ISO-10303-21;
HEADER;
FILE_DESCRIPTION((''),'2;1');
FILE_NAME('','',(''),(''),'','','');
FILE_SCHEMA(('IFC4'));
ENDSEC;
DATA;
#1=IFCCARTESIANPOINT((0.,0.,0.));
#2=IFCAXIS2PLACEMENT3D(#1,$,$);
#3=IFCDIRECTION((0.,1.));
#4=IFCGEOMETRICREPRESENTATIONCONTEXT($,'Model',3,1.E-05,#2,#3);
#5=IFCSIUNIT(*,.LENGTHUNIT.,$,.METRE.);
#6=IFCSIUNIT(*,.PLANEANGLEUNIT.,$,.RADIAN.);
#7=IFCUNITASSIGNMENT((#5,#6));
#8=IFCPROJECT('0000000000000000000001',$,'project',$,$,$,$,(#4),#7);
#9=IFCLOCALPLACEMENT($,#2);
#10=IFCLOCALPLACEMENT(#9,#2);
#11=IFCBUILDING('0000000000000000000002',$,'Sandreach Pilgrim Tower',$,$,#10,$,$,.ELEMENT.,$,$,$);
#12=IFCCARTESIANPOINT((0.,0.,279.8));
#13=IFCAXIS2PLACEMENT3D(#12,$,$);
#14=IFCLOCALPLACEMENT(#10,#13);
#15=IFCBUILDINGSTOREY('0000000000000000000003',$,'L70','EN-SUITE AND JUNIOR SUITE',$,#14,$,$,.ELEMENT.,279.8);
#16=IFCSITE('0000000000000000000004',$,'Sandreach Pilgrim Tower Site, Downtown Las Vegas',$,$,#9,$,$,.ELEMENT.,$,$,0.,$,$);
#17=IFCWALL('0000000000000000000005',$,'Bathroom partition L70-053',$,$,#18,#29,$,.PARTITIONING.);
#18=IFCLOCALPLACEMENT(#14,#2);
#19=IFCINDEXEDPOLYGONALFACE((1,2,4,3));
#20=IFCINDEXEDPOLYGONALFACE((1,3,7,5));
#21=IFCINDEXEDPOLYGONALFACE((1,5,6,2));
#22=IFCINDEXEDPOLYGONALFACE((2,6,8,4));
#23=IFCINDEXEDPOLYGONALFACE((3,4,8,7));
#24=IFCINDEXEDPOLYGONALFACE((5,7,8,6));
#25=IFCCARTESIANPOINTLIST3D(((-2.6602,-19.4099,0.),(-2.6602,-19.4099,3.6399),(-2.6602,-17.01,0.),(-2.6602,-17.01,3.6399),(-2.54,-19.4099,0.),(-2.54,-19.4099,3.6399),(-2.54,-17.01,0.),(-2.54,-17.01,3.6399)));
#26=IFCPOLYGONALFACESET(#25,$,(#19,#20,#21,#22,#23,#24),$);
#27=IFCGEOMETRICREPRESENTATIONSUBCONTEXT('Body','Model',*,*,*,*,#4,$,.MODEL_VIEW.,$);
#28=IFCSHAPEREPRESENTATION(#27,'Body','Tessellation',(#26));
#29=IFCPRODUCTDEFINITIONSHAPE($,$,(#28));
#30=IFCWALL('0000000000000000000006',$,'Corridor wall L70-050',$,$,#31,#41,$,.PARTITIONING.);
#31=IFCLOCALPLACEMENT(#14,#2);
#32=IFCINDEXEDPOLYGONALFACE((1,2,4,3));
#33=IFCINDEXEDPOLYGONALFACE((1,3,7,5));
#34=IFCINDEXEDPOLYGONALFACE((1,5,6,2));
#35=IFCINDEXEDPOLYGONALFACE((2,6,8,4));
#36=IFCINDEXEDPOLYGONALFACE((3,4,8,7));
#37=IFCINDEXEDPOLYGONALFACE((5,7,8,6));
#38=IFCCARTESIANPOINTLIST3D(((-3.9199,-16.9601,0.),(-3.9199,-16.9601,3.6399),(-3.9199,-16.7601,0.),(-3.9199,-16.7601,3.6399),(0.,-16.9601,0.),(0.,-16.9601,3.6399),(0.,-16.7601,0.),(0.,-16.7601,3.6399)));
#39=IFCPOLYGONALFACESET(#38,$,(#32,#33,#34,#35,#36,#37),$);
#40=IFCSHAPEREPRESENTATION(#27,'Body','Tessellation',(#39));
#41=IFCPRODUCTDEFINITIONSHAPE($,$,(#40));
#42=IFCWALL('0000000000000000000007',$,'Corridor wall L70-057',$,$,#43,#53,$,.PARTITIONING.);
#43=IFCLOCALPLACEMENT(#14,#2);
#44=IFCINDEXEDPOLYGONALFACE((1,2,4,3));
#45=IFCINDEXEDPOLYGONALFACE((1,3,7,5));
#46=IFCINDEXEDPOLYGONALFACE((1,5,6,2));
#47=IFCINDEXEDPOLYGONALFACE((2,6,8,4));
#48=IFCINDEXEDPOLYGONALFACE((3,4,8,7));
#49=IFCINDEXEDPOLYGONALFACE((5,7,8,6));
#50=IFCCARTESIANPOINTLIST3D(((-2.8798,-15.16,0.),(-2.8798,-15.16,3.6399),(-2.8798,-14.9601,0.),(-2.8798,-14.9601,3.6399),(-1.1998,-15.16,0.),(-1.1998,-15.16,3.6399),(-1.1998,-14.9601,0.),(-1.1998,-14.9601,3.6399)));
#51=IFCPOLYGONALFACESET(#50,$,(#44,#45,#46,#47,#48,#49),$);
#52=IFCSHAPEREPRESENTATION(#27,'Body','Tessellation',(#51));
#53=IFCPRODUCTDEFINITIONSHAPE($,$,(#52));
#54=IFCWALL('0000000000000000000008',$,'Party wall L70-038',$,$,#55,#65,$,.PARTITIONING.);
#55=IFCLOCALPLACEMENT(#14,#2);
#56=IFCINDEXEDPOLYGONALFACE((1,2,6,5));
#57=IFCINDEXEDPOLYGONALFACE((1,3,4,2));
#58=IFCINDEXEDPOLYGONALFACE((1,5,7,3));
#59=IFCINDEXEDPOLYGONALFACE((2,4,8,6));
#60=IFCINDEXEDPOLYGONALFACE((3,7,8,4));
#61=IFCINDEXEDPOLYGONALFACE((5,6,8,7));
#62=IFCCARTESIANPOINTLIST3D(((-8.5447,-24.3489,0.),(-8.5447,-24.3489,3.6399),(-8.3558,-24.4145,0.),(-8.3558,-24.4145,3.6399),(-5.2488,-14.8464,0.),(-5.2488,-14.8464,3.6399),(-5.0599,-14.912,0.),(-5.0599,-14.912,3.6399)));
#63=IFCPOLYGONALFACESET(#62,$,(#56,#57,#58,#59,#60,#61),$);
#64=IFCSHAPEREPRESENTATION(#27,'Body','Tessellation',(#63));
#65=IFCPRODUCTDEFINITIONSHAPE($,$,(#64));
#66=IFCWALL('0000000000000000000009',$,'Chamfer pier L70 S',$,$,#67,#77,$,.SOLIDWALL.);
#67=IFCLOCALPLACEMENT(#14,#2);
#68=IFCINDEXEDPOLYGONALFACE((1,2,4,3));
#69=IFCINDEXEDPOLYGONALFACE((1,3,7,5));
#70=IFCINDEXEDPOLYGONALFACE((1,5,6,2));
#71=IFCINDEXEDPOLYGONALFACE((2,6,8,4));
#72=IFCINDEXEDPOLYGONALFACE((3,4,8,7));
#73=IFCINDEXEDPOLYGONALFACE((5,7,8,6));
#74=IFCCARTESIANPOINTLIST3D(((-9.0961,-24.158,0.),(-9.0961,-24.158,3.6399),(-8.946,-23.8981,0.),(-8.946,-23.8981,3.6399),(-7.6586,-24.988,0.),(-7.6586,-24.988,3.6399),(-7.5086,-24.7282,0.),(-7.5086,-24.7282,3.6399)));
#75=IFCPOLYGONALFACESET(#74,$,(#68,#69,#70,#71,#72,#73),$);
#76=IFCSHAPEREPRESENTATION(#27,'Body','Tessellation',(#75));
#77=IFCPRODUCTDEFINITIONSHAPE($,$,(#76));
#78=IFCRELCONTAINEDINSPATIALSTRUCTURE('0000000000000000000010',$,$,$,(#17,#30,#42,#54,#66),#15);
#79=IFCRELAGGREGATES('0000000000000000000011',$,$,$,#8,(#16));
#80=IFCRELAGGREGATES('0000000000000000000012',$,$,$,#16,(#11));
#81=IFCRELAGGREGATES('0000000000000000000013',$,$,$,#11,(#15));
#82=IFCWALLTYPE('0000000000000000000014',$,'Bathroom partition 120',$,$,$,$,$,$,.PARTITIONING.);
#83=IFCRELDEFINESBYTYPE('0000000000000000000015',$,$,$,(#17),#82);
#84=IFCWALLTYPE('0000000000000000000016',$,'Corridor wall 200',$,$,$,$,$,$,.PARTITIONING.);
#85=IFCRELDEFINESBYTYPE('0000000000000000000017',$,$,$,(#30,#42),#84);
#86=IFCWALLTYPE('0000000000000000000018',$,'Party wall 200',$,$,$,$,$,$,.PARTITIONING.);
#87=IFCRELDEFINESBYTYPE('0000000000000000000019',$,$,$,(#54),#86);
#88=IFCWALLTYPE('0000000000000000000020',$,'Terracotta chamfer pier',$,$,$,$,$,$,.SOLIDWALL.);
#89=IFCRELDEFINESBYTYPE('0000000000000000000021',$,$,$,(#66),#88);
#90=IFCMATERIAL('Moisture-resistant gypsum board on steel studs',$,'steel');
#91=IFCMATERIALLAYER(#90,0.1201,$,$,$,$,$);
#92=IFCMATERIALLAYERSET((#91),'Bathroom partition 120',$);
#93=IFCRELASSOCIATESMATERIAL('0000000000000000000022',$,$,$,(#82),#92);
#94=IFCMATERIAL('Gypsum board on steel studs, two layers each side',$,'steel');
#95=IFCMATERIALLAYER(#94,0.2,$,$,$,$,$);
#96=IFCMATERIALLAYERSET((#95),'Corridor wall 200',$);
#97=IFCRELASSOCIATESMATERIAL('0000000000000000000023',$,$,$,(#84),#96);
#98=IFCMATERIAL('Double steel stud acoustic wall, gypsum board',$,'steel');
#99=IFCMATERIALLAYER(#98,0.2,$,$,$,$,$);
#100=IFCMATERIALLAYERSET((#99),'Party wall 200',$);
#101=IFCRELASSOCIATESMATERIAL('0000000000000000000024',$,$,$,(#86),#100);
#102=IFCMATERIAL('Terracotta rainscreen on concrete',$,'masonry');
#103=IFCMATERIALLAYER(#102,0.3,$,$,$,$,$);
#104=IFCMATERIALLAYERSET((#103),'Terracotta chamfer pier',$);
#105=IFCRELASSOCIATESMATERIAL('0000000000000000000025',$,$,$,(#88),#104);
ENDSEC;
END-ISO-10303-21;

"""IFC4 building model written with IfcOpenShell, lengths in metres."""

from ifc_helpers import new_model, si_unit, direction, frame, frame_2d, origin, place, context, subcontext, project, spatial, rectangle, extrude, material, layer, layer_set, type_object, element, save


model = new_model("IFC4")

# Units and contexts
model_context = context("Model", 3, precision=1e-05, world=origin(), true_north=direction((0.0, 1.0)))
body_context = subcontext(model_context, "Body", "Model", "MODEL_VIEW")
ifc_project = project(units=[si_unit("LENGTHUNIT", "METRE"), si_unit("PLANEANGLEUNIT", "RADIAN")], contexts=[model_context])

# Site, building, storey
site_placement = place(None, origin())
site = spatial("IfcSite", under=ifc_project, at=site_placement, Name="Sandreach Pilgrim Tower Site, Downtown Las Vegas", CompositionType="ELEMENT", RefElevation=0.0)
building_placement = place(site_placement, origin())
building = spatial("IfcBuilding", under=site, at=building_placement, Name="Sandreach Pilgrim Tower", CompositionType="ELEMENT")
storey_placement = place(building_placement, frame((0.0, 0.0, 279.8)))
storey = spatial("IfcBuildingStorey", under=building, at=storey_placement, Name="L70", Description="EN-SUITE AND JUNIOR SUITE", CompositionType="ELEMENT", Elevation=279.8)

# Shared definitions
ifc_material_1 = material(Name="Moisture-resistant gypsum board on steel studs", Category="steel")
ifc_layer_1 = layer(ifc_material_1, 0.1201)
ifc_layer_set_1 = layer_set([ifc_layer_1], Name="Bathroom partition 120")
wall_type_1 = type_object("IfcWallType", Name="Bathroom partition 120", PredefinedType="PARTITIONING", material=ifc_layer_set_1)

# Wall
wall_1_placement = place(storey_placement, frame((-2.6001, -17.01, 0.0), z_axis=(0.0, 0.0, 1.0), x_axis=(0.0, -1.0, 0.0)))
element("IfcWall", 1, at=wall_1_placement, inside=storey, type_object=wall_type_1, Name="Bathroom partition L70-053", PredefinedType="PARTITIONING", context=body_context, shape_type="SweptSolid", body=[
    extrude(rectangle(XDim=2.3999, YDim=0.1201, at=frame_2d((1.2, 0.0))), origin(), (0.0, 0.0, 1.0), 3.6399),
])

# Shared definitions
ifc_material_2 = material(Name="Gypsum board on steel studs, two layers each side", Category="steel")
ifc_layer_2 = layer(ifc_material_2, 0.2)
ifc_layer_set_2 = layer_set([ifc_layer_2], Name="Corridor wall 200")
wall_type_2 = type_object("IfcWallType", Name="Corridor wall 200", PredefinedType="PARTITIONING", material=ifc_layer_set_2)

# Wall
wall_2_placement = place(storey_placement, frame((-3.9199, -16.8601, 0.0), z_axis=(0.0, 0.0, 1.0), x_axis=(1.0, 0.0, 0.0)))
element("IfcWall", 2, at=wall_2_placement, inside=storey, type_object=wall_type_2, Name="Corridor wall L70-050", PredefinedType="PARTITIONING", context=body_context, shape_type="SweptSolid", body=[
    extrude(rectangle(XDim=3.9199, YDim=0.2, at=frame_2d((1.96, 0.0))), origin(), (0.0, 0.0, 1.0), 3.6399),
])

# Walls
wall_3_placement = place(storey_placement, frame((-1.2, -15.0601, 0.0), z_axis=(0.0, 0.0, 1.0), x_axis=(-1.0, 0.0, 0.0)))
element("IfcWall", 3, at=wall_3_placement, inside=storey, type_object=wall_type_2, Name="Corridor wall L70-057", PredefinedType="PARTITIONING", context=body_context, shape_type="SweptSolid", body=[
    extrude(rectangle(XDim=1.6799, YDim=0.2, at=frame_2d((0.8398, 0.0))), origin(), (0.0, 0.0, 1.0), 3.6399),
])
ifc_material_3 = material(Name="Double steel stud acoustic wall, gypsum board", Category="steel")
ifc_layer_3 = layer(ifc_material_3, 0.2)
ifc_layer_set_3 = layer_set([ifc_layer_3], Name="Party wall 200")
wall_type_3 = type_object("IfcWallType", Name="Party wall 200", PredefinedType="PARTITIONING", material=ifc_layer_set_3)
wall_4_placement = place(storey_placement, frame((-8.4502, -24.3816, 0.0), z_axis=(0.0, 0.0, 1.0), x_axis=(0.327696, 0.944783, 0.0)))
element("IfcWall", 4, at=wall_4_placement, inside=storey, type_object=wall_type_3, Name="Party wall L70-038", PredefinedType="PARTITIONING", context=body_context, shape_type="SweptSolid", body=[
    extrude(rectangle(XDim=10.0579, YDim=0.2, at=frame_2d((5.0288, 0.0))), origin(), (0.0, 0.0, 1.0), 3.6399),
])
ifc_material_4 = material(Name="Terracotta rainscreen on concrete", Category="masonry")
ifc_layer_4 = layer(ifc_material_4, 0.3)
ifc_layer_set_4 = layer_set([ifc_layer_4], Name="Terracotta chamfer pier")
wall_type_4 = type_object("IfcWallType", Name="Terracotta chamfer pier", PredefinedType="SOLIDWALL", material=ifc_layer_set_4)
wall_5_placement = place(storey_placement, frame((-7.5835, -24.8582, 0.0), z_axis=(0.0, 0.0, 1.0), x_axis=(-0.86599, 0.500062, 0.0)))
element("IfcWall", 5, at=wall_5_placement, inside=storey, type_object=wall_type_4, Name="Chamfer pier L70 S", PredefinedType="SOLIDWALL", context=body_context, shape_type="SweptSolid", body=[
    extrude(rectangle(XDim=1.6599, YDim=0.3, at=frame_2d((0.8301, 0.0))), origin(), (0.0, 0.0, 1.0), 3.6399),
])

save(model, "model.ifc")
